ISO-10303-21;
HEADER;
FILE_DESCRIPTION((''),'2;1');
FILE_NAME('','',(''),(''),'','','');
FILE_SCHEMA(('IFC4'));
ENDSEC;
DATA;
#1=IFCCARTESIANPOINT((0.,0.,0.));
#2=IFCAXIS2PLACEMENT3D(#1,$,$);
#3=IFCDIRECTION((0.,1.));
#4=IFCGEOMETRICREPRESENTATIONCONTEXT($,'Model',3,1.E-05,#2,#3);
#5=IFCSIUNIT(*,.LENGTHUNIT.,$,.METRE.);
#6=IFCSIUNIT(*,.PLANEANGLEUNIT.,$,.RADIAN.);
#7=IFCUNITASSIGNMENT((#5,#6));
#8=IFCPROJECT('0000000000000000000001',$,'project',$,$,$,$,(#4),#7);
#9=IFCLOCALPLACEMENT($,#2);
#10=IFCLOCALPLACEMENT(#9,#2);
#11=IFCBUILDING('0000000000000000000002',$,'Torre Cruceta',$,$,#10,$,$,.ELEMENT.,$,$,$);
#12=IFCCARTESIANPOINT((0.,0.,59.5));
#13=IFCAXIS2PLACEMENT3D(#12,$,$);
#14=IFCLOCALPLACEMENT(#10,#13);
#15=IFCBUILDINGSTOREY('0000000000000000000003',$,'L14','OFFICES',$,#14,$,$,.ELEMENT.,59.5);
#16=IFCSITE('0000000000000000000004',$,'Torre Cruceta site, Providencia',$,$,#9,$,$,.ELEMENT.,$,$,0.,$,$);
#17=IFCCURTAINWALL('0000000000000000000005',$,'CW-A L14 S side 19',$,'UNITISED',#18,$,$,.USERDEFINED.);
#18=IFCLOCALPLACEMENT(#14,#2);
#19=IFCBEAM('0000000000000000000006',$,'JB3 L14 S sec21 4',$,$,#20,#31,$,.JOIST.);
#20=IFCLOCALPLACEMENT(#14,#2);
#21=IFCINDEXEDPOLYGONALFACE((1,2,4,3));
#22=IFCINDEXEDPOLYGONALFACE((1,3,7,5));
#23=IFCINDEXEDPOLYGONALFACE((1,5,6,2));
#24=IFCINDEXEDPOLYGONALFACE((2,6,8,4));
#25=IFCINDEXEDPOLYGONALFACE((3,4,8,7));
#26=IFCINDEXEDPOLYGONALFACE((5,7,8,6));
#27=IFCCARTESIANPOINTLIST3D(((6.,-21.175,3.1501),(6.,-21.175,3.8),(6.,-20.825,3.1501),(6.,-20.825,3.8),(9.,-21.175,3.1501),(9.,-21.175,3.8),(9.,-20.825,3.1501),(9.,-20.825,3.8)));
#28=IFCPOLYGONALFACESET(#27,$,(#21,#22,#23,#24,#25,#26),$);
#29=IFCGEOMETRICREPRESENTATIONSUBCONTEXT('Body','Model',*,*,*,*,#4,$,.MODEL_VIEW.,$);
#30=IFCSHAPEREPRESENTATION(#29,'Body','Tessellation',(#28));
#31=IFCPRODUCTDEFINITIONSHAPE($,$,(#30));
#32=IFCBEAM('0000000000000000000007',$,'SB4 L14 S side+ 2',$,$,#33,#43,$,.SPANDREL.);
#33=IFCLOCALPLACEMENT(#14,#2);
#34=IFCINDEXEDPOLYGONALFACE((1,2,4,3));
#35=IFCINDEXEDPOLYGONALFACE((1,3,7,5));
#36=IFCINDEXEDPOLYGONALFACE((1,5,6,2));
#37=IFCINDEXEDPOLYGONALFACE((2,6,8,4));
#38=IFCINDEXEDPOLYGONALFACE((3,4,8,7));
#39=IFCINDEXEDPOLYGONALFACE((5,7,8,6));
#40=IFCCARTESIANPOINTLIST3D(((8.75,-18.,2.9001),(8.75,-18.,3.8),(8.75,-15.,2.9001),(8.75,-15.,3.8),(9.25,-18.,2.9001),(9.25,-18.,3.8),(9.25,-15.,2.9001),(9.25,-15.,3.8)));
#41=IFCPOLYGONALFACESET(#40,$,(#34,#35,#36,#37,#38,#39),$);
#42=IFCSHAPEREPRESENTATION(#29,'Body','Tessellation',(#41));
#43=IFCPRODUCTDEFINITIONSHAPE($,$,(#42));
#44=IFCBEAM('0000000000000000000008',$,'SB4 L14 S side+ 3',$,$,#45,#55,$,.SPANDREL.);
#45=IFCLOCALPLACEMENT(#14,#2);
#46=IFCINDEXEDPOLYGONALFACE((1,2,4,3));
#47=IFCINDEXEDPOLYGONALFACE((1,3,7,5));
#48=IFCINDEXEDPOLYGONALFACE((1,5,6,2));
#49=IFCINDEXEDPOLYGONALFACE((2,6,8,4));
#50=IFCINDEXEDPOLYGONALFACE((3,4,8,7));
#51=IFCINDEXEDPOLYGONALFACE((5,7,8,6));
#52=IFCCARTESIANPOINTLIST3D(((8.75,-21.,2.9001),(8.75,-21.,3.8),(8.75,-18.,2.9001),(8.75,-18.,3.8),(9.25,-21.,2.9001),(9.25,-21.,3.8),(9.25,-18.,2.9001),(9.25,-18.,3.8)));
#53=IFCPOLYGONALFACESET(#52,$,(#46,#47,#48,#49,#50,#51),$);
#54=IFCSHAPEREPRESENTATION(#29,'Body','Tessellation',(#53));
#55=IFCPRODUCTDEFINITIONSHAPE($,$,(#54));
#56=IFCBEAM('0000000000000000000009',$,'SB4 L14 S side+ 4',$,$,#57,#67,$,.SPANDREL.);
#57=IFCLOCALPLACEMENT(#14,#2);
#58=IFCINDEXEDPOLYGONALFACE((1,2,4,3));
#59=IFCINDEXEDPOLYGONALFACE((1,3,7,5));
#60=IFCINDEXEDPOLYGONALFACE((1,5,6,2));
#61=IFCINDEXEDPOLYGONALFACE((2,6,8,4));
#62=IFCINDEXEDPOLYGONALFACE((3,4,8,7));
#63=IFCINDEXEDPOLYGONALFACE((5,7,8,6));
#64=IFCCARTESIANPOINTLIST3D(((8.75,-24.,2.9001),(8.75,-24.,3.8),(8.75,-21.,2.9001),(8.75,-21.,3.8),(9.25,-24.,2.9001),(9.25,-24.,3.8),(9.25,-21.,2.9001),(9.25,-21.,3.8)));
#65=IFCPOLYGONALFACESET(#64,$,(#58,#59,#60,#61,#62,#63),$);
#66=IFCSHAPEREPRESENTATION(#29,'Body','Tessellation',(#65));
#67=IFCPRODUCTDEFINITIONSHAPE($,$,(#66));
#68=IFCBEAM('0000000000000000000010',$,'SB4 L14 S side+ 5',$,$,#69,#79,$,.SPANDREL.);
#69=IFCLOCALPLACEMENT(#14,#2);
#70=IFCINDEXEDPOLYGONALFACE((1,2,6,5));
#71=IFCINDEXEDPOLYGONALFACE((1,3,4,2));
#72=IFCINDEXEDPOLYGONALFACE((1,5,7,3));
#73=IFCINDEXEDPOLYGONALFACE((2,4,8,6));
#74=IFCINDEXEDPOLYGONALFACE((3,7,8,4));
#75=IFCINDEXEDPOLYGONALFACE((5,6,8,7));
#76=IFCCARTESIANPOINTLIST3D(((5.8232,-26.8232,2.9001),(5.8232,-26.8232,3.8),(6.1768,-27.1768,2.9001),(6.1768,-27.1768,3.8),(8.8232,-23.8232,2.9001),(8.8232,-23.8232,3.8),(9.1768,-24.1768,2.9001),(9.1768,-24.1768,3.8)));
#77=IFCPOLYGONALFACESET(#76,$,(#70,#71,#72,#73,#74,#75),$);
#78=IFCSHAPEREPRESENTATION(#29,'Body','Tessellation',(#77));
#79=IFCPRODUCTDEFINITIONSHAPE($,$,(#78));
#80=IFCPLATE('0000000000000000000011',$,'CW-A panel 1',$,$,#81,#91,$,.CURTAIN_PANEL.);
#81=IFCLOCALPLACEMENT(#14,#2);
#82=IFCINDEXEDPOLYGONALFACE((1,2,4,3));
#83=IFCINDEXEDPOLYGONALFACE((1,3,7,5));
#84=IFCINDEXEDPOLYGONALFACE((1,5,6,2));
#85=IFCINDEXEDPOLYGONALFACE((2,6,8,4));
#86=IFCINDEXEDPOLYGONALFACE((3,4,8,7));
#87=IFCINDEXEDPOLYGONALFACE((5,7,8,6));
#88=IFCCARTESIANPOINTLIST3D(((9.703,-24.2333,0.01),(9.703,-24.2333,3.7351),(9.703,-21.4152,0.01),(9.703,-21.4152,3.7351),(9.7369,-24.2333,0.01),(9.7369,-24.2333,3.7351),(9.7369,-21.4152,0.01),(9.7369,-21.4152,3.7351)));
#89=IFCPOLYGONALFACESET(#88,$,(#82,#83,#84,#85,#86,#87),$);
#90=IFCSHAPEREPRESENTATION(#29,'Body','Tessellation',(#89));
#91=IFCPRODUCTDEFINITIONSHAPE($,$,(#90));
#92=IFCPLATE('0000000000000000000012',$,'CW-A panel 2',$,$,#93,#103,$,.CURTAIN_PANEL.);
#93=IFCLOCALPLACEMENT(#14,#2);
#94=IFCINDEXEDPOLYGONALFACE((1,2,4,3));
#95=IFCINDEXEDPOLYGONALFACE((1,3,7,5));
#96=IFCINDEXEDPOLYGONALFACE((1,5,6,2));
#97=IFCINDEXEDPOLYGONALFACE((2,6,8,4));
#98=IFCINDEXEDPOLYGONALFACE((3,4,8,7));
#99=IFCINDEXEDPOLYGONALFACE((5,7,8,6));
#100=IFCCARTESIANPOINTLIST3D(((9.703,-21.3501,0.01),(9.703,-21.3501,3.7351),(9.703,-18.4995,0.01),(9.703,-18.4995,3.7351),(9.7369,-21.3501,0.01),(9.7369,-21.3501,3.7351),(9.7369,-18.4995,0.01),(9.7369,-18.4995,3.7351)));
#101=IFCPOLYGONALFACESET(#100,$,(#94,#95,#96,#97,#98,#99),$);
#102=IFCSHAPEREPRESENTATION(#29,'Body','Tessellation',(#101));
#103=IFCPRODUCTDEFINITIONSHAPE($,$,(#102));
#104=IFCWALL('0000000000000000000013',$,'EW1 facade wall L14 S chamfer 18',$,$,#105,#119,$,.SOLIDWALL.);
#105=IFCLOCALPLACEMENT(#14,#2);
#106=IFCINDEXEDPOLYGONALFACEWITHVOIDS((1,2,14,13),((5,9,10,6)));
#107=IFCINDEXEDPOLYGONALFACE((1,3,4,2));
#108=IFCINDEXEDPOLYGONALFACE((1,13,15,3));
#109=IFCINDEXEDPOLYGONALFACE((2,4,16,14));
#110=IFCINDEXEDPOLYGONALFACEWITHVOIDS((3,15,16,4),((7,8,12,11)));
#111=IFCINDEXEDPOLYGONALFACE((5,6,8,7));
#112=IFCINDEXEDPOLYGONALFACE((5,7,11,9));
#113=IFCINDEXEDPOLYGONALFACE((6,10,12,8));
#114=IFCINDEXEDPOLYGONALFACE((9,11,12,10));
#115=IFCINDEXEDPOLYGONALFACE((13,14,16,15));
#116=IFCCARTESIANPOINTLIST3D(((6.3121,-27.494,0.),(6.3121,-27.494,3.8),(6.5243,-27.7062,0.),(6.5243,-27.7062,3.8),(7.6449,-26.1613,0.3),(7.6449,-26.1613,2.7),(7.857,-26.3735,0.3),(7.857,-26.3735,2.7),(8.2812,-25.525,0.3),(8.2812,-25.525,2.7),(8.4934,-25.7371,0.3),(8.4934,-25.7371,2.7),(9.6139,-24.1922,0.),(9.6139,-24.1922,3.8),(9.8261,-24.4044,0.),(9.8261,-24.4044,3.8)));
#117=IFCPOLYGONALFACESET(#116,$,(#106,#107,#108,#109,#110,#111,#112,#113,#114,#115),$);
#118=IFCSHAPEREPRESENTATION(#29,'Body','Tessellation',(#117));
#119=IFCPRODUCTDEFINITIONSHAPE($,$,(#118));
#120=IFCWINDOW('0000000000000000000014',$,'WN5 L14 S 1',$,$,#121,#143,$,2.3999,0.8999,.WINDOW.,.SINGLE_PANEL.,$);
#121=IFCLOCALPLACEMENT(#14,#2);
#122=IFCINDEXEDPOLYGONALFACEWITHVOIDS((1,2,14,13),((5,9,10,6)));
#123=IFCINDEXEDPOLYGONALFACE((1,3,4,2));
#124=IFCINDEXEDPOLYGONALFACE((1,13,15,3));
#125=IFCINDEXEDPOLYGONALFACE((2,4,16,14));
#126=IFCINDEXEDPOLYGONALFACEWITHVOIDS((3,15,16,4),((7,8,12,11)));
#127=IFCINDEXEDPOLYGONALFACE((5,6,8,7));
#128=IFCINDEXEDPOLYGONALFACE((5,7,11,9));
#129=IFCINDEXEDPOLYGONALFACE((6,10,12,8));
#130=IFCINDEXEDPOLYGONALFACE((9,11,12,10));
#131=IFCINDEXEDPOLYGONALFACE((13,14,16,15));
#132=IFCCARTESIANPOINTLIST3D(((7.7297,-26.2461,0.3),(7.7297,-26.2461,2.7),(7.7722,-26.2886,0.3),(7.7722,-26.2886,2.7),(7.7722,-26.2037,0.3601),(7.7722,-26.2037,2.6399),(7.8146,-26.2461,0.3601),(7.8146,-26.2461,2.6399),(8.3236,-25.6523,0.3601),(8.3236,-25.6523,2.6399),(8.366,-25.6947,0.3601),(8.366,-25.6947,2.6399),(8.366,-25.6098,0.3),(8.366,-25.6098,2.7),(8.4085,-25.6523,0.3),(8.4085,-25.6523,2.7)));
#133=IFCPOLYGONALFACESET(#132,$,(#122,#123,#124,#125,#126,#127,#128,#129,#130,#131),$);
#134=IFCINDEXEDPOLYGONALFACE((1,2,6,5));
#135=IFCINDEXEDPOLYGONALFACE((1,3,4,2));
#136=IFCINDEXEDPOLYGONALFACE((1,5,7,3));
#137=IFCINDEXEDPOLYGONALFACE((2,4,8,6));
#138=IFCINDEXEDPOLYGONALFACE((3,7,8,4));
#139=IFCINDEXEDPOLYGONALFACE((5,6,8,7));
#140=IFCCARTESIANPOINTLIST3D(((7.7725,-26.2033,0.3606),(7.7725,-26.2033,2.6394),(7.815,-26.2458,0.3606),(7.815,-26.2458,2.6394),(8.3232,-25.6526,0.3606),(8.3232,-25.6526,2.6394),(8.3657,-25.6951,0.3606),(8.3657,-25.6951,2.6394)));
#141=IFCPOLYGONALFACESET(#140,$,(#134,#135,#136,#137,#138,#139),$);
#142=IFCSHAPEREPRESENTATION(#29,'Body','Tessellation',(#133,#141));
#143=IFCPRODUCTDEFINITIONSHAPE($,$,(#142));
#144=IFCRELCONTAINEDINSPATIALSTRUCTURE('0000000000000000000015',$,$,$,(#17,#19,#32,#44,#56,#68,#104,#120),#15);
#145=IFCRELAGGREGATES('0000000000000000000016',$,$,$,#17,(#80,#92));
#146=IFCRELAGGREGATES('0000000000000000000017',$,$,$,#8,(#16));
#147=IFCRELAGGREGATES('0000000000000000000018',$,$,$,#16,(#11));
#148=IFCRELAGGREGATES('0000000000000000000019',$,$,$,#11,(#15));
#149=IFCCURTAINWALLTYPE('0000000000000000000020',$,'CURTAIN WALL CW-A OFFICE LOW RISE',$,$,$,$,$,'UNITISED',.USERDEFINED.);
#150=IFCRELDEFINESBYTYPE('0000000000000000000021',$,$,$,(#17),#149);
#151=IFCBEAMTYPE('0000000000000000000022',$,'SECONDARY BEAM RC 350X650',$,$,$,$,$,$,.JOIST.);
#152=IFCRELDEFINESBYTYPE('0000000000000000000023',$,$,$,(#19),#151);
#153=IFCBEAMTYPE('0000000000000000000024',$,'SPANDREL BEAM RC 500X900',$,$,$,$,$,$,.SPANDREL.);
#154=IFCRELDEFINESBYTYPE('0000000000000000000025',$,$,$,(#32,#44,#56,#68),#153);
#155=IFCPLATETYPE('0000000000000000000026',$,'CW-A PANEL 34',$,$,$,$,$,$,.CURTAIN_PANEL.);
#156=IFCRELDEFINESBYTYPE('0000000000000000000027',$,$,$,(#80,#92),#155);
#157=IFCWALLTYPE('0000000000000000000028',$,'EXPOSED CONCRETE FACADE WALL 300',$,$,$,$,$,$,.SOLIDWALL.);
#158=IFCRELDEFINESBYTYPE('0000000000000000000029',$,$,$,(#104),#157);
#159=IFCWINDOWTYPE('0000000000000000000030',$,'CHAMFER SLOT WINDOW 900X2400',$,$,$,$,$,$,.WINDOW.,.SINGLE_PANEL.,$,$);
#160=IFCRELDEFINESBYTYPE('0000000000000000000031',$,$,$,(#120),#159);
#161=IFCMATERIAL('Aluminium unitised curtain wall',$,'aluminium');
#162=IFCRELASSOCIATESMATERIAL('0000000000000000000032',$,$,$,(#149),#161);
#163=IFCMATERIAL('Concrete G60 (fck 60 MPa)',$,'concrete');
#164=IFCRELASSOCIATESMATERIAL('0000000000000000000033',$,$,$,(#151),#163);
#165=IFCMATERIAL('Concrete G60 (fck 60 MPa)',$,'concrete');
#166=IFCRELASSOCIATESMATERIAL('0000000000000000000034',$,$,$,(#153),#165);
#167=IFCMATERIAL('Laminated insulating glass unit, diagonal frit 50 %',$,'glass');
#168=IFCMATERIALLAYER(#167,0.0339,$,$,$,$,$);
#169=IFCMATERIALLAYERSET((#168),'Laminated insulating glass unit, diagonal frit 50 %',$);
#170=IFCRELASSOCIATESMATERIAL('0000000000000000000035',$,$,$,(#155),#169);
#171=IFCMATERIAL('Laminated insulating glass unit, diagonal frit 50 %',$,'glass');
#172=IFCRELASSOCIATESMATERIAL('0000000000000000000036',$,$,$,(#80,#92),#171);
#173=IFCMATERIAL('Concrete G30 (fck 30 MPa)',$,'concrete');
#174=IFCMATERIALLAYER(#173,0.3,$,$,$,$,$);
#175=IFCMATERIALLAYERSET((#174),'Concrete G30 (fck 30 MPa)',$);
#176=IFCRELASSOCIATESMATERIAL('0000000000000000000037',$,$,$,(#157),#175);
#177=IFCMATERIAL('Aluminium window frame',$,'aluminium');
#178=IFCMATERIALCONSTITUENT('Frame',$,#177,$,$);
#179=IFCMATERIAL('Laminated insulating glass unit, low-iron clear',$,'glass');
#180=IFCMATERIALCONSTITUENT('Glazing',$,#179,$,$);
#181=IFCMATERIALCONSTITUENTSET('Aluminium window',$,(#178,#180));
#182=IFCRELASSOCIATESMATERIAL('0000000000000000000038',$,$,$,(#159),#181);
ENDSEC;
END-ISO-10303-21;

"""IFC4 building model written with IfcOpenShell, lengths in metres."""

from ifc_helpers import new_model, si_unit, direction, frame, frame_2d, origin, origin_2d, place, context, subcontext, project, spatial, rectangle, hollow_rectangle, extrude, material, layer, layer_set, constituent, constituent_set, material_profile, profile_set, type_object, element, fill, aggregate, save


model = new_model("IFC4")

# Units and contexts
model_context = context("Model", 3, precision=1e-05, world=origin(), true_north=direction((0.0, 1.0)))
body_context = subcontext(model_context, "Body", "Model", "MODEL_VIEW")
ifc_project = project(units=[si_unit("LENGTHUNIT", "METRE"), si_unit("PLANEANGLEUNIT", "RADIAN")], contexts=[model_context])

# Site, building, storey
site_placement = place(None, origin())
site = spatial("IfcSite", under=ifc_project, at=site_placement, Name="Torre Cruceta site, Providencia", CompositionType="ELEMENT", RefElevation=0.0)
building_placement = place(site_placement, origin())
building = spatial("IfcBuilding", under=site, at=building_placement, Name="Torre Cruceta", CompositionType="ELEMENT")
storey_placement = place(building_placement, frame((0.0, 0.0, 59.5)))
storey = spatial("IfcBuildingStorey", under=building, at=storey_placement, Name="L14", Description="OFFICES", CompositionType="ELEMENT", Elevation=59.5)

# Curtain wall
ifc_material_1 = material(Name="Aluminium unitised curtain wall", Category="aluminium")
curtain_wall_type = type_object("IfcCurtainWallType", Name="CURTAIN WALL CW-A OFFICE LOW RISE", ElementType="UNITISED", PredefinedType="USERDEFINED", material=ifc_material_1)
curtain_wall_placement = place(storey_placement, origin())
curtain_wall = element("IfcCurtainWall", 1, at=curtain_wall_placement, inside=storey, type_object=curtain_wall_type, Name="CW-A L14 S side 19", ObjectType="UNITISED", PredefinedType="USERDEFINED")

# Beams
ifc_material_2 = material(Name="Concrete G60 (fck 60 MPa)", Category="concrete")
ifc_material_profile_1 = material_profile(ifc_material_2, rectangle(XDim=0.3501, YDim=0.6499, at=origin_2d()), Name="RC 350X650")
ifc_profile_set_1 = profile_set([ifc_material_profile_1], Name="Concrete G60 (fck 60 MPa)")
beam_type_1 = type_object("IfcBeamType", Name="SECONDARY BEAM RC 350X650", PredefinedType="JOIST", material=ifc_profile_set_1)
beam_1_placement = place(storey_placement, frame((6.0, -21.0, 3.4751), z_axis=(1.0, 0.0, 0.0), x_axis=(0.0, 1.0, 0.0)))
element("IfcBeam", 2, at=beam_1_placement, inside=storey, type_object=beam_type_1, Name="JB3 L14 S sec21 4", PredefinedType="JOIST", context=body_context, shape_type="SweptSolid", body=[
    extrude(rectangle(XDim=0.3501, YDim=0.6499, at=origin_2d()), origin(), (0.0, 0.0, 1.0), 3.0),
])
ifc_material_3 = material(Name="Concrete G60 (fck 60 MPa)", Category="concrete")
ifc_material_profile_2 = material_profile(ifc_material_3, rectangle(XDim=0.5, YDim=0.8999, at=origin_2d()), Name="RC 500X900")
ifc_profile_set_2 = profile_set([ifc_material_profile_2], Name="Concrete G60 (fck 60 MPa)")
beam_type_2 = type_object("IfcBeamType", Name="SPANDREL BEAM RC 500X900", PredefinedType="SPANDREL", material=ifc_profile_set_2)
for number, where, z_axis, x_axis, name in (
    (3, (9.0, -15.0, 3.3501), (0.0, -1.0, 0.0), (1.0, 0.0, 0.0), "SB4 L14 S side+ 2"),
    (4, (9.0, -18.0, 3.3501), (0.0, -1.0, 0.0), (1.0, 0.0, 0.0), "SB4 L14 S side+ 3"),
    (5, (9.0, -21.0, 3.3501), (0.0, -1.0, 0.0), (1.0, 0.0, 0.0), "SB4 L14 S side+ 4"),
):
    element("IfcBeam", number, at=place(storey_placement, frame(where, z_axis=z_axis, x_axis=x_axis)), inside=storey, type_object=beam_type_2, Name=name, PredefinedType="SPANDREL", context=body_context, shape_type="SweptSolid", body=[
        extrude(rectangle(XDim=0.5, YDim=0.8999, at=origin_2d()), origin(), (0.0, 0.0, 1.0), 3.0),
    ])
beam_2_placement = place(storey_placement, frame((9.0, -24.0, 3.3501), z_axis=(-0.707107, -0.707107, 0.0), x_axis=(0.707107, -0.707107, 0.0)))
element("IfcBeam", 6, at=beam_2_placement, inside=storey, type_object=beam_type_2, Name="SB4 L14 S side+ 5", PredefinedType="SPANDREL", context=body_context, shape_type="SweptSolid", body=[
    extrude(rectangle(XDim=0.5, YDim=0.8999, at=origin_2d()), origin(), (0.0, 0.0, 1.0), 4.2427),
])

# Plates
ifc_material_4 = material(Name="Laminated insulating glass unit, diagonal frit 50 %", Category="glass")
ifc_material_5 = material(Name="Laminated insulating glass unit, diagonal frit 50 %", Category="glass")
ifc_layer_1 = layer(ifc_material_5, 0.0339)
ifc_layer_set_1 = layer_set([ifc_layer_1], Name="Laminated insulating glass unit, diagonal frit 50 %")
plate_type = type_object("IfcPlateType", Name="CW-A PANEL 34", PredefinedType="CURTAIN_PANEL", material=ifc_layer_set_1)
plate_1_placement = place(storey_placement, frame((9.72, -22.8242, 0.01), z_axis=(0.0, 0.0, 1.0), x_axis=(0.0, 1.0, 0.0)))
plate_1 = element("IfcPlate", 7, at=plate_1_placement, type_object=plate_type, material=ifc_material_4, Name="CW-A panel 1", PredefinedType="CURTAIN_PANEL", context=body_context, shape_type="SweptSolid", body=[
    extrude(rectangle(XDim=2.8181, YDim=0.0339, at=origin_2d()), origin(), (0.0, 0.0, 1.0), 3.7251),
])
plate_2_placement = place(storey_placement, frame((9.72, -19.9248, 0.01), z_axis=(0.0, 0.0, 1.0), x_axis=(0.0, 1.0, 0.0)))
plate_2 = element("IfcPlate", 8, at=plate_2_placement, type_object=plate_type, material=ifc_material_4, Name="CW-A panel 2", PredefinedType="CURTAIN_PANEL", context=body_context, shape_type="SweptSolid", body=[
    extrude(rectangle(XDim=2.8506, YDim=0.0339, at=origin_2d()), origin(), (0.0, 0.0, 1.0), 3.7251),
])
aggregate(curtain_wall, [plate_1, plate_2])

# Wall, opening, window
ifc_material_6 = material(Name="Concrete G30 (fck 30 MPa)", Category="concrete")
ifc_layer_2 = layer(ifc_material_6, 0.3)
ifc_layer_set_2 = layer_set([ifc_layer_2], Name="Concrete G30 (fck 30 MPa)")
wall_type_1 = type_object("IfcWallType", Name="EXPOSED CONCRETE FACADE WALL 300", PredefinedType="SOLIDWALL", material=ifc_layer_set_2)
wall_1_placement = place(storey_placement, frame((6.4182, -27.6001, 0.0), z_axis=(0.0, 0.0, 1.0), x_axis=(0.707107, 0.707107, 0.0)))
wall_1 = element("IfcWall", 9, at=wall_1_placement, inside=storey, type_object=wall_type_1, Name="EW1 facade wall L14 S chamfer 18", PredefinedType="SOLIDWALL", context=body_context, shape_type="SweptSolid", body=[
    extrude(rectangle(XDim=4.6694, YDim=0.3, at=frame_2d((2.3347, 0.0))), origin(), (0.0, 0.0, 1.0), 3.8),
])
opening_1_placement = place(wall_1_placement, frame((1.8848, 0.0, 0.3)))
opening_1 = element("IfcOpeningElement", 10, at=opening_1_placement, cuts=wall_1, PredefinedType="OPENING", context=body_context, shape_type="SweptSolid", body=[
    extrude(rectangle(XDim=0.8999, YDim=2.3999, at=frame_2d((0.45, 1.2))), frame((0.0, 0.1599, 0.0), z_axis=(0.0, -1.0, 0.0), x_axis=(1.0, 0.0, 0.0)), (0.0, 0.0, 1.0), 0.3201),
])
ifc_material_7 = material(Name="Aluminium window frame", Category="aluminium")
ifc_constituent_1 = constituent(ifc_material_7, Name="Frame")
ifc_material_8 = material(Name="Laminated insulating glass unit, low-iron clear", Category="glass")
ifc_constituent_2 = constituent(ifc_material_8, Name="Glazing")
ifc_constituent_set_1 = constituent_set(constituents=[ifc_constituent_1, ifc_constituent_2], Name="Aluminium window")
window_type = type_object("IfcWindowType", Name="CHAMFER SLOT WINDOW 900X2400", PartitioningType="SINGLE_PANEL", PredefinedType="WINDOW", material=ifc_constituent_set_1)
window_placement = place(opening_1_placement, origin())
window = element("IfcWindow", 11, at=window_placement, inside=storey, type_object=window_type, Name="WN5 L14 S 1", OverallHeight=2.3999, OverallWidth=0.8999, PartitioningType="SINGLE_PANEL", PredefinedType="WINDOW", context=body_context, shape_type="SweptSolid", body=[
    extrude(hollow_rectangle(XDim=0.8999, YDim=2.3999, WallThickness=0.0601, at=frame_2d((0.45, 1.2))), frame((0.0, 0.03, 0.0), z_axis=(0.0, -1.0, 0.0), x_axis=(1.0, 0.0, 0.0)), (0.0, 0.0, 1.0), 0.0601),
    extrude(rectangle(XDim=0.7788, YDim=2.2788, at=frame_2d((0.45, 1.2))), frame((0.0, 0.03, 0.0), z_axis=(0.0, -1.0, 0.0), x_axis=(1.0, 0.0, 0.0)), (0.0, 0.0, 1.0), 0.0601),
])
fill(opening_1, window)

save(model, "model.ifc")
